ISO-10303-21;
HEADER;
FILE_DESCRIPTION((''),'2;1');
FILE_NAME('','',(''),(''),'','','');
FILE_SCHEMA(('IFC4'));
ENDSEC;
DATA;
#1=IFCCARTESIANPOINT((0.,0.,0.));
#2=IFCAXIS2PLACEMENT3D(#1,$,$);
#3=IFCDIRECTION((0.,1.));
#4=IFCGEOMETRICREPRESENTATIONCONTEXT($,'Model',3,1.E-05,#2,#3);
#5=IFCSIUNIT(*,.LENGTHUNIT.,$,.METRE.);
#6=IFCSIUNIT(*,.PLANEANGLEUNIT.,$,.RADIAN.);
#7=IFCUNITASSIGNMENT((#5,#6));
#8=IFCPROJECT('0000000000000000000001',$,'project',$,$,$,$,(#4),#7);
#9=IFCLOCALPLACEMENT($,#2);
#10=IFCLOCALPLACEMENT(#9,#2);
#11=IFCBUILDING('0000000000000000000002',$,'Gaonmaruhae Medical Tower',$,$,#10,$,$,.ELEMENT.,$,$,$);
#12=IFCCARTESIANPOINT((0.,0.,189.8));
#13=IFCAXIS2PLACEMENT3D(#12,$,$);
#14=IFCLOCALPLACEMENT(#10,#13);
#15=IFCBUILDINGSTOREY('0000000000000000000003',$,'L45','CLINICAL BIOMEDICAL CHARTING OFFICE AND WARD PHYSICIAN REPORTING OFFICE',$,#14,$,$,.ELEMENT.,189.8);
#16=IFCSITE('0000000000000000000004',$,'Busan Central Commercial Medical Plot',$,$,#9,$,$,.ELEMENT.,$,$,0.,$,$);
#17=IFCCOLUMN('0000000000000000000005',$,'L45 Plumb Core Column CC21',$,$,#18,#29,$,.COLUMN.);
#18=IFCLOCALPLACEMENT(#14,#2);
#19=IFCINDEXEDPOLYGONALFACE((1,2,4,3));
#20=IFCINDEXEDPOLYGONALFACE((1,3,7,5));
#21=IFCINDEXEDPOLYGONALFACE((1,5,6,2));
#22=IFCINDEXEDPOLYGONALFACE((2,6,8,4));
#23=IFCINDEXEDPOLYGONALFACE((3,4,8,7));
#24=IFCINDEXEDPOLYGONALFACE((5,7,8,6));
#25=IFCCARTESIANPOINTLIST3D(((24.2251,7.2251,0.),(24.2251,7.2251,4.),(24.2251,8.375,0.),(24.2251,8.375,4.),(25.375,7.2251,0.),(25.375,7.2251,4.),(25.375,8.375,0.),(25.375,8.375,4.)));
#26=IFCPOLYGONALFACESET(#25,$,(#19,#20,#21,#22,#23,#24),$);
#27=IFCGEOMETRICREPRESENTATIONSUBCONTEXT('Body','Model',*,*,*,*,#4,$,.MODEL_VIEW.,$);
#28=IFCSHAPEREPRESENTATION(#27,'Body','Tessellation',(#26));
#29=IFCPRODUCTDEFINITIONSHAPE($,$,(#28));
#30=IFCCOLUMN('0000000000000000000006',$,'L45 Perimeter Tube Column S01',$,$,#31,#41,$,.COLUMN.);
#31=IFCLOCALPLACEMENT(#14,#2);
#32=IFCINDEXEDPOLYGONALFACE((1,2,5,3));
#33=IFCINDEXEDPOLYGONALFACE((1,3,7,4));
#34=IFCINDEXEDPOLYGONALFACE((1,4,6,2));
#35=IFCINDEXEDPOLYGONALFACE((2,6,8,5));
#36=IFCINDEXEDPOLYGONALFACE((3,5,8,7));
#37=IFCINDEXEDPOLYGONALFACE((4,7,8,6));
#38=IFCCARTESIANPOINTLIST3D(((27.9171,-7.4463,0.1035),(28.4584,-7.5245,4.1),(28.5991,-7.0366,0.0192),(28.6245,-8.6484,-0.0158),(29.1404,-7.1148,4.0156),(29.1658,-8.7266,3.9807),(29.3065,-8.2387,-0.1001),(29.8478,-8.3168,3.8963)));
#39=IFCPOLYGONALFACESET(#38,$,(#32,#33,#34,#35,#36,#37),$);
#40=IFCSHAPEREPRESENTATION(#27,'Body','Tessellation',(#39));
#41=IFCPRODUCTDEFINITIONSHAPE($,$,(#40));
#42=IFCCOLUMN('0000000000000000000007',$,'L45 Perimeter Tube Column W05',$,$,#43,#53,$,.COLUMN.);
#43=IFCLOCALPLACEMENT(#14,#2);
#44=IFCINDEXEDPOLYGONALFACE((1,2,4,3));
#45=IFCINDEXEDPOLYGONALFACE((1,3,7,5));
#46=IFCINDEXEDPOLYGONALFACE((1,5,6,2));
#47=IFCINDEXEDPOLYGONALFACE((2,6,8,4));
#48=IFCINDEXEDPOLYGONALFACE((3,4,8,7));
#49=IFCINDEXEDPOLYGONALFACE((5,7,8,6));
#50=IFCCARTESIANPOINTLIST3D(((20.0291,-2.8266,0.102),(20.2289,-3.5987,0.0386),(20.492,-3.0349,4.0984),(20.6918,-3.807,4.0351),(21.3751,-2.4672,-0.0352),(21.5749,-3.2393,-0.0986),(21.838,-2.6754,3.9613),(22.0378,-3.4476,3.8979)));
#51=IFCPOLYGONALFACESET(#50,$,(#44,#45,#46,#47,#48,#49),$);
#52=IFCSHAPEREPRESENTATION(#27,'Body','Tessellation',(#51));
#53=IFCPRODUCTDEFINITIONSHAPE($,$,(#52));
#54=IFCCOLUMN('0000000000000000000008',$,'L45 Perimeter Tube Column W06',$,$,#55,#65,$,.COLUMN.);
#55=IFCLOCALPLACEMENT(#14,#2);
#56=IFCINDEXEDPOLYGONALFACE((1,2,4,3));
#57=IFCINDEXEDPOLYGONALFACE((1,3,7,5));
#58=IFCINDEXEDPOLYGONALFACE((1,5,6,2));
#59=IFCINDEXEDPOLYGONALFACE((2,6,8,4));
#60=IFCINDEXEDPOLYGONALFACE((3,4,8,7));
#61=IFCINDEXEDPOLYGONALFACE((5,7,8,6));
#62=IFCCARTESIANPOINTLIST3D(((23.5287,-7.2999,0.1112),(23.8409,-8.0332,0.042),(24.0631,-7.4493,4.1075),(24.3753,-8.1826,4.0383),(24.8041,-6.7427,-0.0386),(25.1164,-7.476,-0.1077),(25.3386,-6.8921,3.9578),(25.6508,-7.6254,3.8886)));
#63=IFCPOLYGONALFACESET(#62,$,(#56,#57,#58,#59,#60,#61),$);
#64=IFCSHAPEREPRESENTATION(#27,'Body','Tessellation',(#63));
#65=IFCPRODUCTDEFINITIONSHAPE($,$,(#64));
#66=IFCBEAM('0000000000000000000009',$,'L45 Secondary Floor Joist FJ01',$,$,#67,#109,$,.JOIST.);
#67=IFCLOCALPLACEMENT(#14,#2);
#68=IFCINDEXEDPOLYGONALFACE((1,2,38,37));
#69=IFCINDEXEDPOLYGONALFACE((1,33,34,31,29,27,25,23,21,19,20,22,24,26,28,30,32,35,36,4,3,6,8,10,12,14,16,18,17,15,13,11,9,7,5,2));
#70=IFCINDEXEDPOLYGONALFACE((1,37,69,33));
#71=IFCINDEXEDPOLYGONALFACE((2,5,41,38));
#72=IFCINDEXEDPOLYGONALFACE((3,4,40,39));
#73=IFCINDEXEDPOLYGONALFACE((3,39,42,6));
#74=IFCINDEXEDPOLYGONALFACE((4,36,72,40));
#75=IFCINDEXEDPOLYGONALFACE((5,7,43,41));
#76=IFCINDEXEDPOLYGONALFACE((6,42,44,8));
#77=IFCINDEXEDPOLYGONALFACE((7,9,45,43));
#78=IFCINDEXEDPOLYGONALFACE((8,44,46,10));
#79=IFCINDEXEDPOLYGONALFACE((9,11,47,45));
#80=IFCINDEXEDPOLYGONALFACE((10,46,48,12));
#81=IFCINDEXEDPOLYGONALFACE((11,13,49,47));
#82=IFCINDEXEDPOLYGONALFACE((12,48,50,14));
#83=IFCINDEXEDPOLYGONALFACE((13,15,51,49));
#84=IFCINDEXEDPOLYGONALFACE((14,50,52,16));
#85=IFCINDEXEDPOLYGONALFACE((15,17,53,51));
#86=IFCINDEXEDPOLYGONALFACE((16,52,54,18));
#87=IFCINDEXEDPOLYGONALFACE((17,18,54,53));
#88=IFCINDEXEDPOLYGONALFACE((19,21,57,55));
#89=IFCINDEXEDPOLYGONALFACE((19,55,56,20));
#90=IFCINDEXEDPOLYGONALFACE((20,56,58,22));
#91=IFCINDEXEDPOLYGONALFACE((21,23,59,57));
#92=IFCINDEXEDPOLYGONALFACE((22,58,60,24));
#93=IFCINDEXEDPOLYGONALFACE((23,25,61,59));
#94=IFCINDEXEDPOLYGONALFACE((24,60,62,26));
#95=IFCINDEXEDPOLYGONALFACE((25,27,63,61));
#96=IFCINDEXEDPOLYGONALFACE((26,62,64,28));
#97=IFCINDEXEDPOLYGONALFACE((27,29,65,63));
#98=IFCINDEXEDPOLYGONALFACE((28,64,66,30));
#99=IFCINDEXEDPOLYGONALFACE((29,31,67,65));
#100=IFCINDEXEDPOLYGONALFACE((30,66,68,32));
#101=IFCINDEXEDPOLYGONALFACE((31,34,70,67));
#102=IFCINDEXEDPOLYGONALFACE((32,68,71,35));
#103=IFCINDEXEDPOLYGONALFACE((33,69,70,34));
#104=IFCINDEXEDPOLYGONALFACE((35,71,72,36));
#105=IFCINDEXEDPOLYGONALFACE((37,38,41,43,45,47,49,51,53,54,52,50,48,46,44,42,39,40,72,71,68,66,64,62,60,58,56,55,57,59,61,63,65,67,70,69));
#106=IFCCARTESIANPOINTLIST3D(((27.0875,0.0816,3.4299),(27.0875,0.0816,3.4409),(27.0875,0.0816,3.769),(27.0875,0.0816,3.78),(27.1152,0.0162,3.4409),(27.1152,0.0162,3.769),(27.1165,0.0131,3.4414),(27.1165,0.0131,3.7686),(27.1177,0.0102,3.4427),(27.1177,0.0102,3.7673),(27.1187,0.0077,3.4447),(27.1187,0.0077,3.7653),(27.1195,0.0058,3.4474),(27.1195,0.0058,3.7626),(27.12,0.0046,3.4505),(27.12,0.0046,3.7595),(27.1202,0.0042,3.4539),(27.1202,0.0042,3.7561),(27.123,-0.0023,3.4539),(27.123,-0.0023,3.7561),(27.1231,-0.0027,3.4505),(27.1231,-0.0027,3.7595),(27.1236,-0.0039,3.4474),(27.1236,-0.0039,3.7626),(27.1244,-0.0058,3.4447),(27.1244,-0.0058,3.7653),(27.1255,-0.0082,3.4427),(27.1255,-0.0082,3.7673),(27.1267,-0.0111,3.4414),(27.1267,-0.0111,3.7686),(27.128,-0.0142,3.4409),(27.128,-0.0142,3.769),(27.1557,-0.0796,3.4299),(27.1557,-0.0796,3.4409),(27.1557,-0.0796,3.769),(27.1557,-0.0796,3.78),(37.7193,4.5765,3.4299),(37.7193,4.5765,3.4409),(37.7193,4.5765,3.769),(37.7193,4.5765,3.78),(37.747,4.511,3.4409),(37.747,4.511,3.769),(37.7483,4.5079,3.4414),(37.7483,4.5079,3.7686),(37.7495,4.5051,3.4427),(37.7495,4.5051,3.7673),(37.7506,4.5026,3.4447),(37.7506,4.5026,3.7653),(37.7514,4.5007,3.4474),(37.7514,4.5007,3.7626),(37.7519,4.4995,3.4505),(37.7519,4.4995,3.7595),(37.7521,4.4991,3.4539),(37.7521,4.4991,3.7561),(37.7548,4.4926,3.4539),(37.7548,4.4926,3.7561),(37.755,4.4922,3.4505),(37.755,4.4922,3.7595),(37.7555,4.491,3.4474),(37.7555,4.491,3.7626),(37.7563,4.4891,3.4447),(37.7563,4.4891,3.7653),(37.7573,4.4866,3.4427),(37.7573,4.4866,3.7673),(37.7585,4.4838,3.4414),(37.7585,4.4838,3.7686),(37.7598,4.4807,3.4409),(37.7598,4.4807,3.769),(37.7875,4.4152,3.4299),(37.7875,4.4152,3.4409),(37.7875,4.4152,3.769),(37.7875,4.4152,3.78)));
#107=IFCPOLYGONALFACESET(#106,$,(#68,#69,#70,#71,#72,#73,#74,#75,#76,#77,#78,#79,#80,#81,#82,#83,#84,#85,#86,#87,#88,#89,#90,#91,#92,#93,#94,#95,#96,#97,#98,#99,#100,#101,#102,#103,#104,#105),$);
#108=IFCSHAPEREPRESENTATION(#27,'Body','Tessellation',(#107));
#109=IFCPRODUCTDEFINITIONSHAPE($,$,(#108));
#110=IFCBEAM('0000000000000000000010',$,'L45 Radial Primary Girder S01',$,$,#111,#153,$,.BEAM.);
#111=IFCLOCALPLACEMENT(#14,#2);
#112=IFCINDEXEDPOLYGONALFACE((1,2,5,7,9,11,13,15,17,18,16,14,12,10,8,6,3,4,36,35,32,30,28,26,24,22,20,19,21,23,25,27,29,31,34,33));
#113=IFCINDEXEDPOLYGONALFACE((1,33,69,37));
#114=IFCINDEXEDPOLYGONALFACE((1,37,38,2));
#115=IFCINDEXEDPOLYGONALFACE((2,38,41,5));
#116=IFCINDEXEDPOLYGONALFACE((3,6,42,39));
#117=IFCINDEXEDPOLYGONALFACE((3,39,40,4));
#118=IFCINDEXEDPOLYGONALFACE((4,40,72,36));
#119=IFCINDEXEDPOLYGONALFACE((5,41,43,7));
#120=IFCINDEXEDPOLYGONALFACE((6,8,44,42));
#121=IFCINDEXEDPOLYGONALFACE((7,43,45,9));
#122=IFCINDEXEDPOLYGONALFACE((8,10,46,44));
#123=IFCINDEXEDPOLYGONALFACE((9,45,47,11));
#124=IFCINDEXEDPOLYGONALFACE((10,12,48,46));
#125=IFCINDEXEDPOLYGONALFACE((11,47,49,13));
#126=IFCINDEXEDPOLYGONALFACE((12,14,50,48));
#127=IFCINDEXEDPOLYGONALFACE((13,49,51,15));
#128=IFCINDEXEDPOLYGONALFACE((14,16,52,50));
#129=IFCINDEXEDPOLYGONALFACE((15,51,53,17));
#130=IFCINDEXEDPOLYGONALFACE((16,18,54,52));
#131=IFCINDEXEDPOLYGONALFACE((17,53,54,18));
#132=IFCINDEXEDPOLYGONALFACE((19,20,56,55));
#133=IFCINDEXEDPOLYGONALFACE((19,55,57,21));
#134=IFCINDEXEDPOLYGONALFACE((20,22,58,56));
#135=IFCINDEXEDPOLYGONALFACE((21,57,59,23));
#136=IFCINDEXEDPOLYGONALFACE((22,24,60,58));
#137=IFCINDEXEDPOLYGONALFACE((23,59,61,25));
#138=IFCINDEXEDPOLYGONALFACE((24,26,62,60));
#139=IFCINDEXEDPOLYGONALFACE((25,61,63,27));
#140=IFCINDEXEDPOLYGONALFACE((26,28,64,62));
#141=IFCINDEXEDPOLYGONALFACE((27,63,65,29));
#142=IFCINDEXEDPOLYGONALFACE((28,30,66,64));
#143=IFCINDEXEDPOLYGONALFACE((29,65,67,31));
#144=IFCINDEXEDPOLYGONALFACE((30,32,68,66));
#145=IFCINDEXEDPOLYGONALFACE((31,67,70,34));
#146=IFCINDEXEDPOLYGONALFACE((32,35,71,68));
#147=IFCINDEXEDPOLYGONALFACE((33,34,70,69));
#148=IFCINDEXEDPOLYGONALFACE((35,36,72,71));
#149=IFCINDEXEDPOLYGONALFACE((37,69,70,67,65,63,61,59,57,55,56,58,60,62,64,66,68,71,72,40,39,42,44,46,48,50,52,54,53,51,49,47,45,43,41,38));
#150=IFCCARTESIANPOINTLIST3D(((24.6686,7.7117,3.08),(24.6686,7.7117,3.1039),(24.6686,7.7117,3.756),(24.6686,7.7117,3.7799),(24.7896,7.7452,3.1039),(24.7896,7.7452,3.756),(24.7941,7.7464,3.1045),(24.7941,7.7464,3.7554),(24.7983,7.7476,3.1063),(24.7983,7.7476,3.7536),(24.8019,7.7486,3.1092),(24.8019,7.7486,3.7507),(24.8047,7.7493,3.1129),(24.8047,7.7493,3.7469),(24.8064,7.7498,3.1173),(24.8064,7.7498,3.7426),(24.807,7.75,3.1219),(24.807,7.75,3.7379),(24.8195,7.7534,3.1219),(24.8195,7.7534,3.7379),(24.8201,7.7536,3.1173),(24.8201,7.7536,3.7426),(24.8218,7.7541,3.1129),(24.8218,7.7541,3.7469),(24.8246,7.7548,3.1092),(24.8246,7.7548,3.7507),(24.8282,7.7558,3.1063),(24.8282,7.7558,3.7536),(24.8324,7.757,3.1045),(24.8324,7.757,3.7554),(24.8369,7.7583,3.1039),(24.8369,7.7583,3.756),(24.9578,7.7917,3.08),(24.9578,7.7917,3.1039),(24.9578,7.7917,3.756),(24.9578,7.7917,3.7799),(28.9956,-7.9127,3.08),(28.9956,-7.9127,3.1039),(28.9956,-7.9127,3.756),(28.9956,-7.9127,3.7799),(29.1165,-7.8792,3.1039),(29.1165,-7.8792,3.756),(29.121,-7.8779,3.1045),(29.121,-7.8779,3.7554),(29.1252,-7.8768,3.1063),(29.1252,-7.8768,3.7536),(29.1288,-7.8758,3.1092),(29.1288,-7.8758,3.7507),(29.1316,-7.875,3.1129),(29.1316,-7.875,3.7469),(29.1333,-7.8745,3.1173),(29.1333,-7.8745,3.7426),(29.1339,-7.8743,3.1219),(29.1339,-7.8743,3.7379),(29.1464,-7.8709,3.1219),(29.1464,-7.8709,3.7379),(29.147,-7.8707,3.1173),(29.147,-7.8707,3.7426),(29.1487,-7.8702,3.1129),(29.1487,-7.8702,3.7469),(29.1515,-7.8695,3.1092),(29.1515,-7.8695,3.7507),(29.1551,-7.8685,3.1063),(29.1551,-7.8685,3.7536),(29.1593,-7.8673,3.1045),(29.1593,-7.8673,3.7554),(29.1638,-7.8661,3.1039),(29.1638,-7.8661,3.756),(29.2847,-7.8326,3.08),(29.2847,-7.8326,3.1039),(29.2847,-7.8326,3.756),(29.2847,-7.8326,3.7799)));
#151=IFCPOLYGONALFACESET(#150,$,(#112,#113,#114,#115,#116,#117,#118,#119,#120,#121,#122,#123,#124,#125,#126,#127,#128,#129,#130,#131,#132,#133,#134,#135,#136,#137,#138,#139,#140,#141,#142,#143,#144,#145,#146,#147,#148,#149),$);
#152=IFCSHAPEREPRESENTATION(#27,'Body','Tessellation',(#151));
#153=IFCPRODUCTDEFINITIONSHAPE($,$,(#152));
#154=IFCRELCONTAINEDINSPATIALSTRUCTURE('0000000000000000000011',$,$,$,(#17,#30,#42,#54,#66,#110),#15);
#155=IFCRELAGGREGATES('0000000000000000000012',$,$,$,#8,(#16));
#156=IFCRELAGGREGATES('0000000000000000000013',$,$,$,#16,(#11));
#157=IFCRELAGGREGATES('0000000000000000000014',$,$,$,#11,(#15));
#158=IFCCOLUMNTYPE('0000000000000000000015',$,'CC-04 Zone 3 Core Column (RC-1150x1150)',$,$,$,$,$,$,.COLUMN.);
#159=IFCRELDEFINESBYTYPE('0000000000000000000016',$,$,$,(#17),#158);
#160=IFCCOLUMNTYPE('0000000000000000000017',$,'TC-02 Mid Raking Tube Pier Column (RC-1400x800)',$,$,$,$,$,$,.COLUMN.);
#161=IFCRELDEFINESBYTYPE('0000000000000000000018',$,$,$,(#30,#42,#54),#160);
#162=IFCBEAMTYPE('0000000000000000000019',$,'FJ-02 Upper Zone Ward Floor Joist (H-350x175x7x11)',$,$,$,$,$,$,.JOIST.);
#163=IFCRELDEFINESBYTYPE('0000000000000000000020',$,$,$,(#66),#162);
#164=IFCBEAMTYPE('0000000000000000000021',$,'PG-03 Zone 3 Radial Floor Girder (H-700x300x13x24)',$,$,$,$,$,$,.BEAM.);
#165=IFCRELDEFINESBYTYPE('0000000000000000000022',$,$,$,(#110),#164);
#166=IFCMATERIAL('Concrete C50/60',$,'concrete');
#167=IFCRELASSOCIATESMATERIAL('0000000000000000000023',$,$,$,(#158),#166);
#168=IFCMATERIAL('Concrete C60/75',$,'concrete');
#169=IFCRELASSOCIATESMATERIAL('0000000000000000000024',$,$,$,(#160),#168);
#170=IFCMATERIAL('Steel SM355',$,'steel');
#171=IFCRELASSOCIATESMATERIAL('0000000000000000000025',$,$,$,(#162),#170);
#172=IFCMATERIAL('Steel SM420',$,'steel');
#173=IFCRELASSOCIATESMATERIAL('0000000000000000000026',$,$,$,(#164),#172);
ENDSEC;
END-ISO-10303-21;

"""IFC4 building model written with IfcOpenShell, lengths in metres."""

from ifc_helpers import new_model, si_unit, direction, frame, origin, origin_2d, place, context, subcontext, project, spatial, rectangle, i_section, extrude, material, material_profile, profile_set, type_object, element, save


model = new_model("IFC4")

# Units and contexts
model_context = context("Model", 3, precision=1e-05, world=origin(), true_north=direction((0.0, 1.0)))
body_context = subcontext(model_context, "Body", "Model", "MODEL_VIEW")
ifc_project = project(units=[si_unit("LENGTHUNIT", "METRE"), si_unit("PLANEANGLEUNIT", "RADIAN")], contexts=[model_context])

# Site, building, storey
site_placement = place(None, origin())
site = spatial("IfcSite", under=ifc_project, at=site_placement, Name="Busan Central Commercial Medical Plot", CompositionType="ELEMENT", RefElevation=0.0)
building_placement = place(site_placement, origin())
building = spatial("IfcBuilding", under=site, at=building_placement, Name="Gaonmaruhae Medical Tower", CompositionType="ELEMENT")
storey_placement = place(building_placement, frame((0.0, 0.0, 189.8)))
storey = spatial("IfcBuildingStorey", under=building, at=storey_placement, Name="L45", Description="CLINICAL BIOMEDICAL CHARTING OFFICE AND WARD PHYSICIAN REPORTING OFFICE", CompositionType="ELEMENT", Elevation=189.8)

# Columns
ifc_material_1 = material(Name="Concrete C50/60", Category="concrete")
ifc_material_profile_1 = material_profile(ifc_material_1, rectangle(XDim=1.1499, YDim=1.1499, at=origin_2d()), Name="RC-1150x1150")
ifc_profile_set_1 = profile_set([ifc_material_profile_1], Name="Concrete C50/60")
column_type_1 = type_object("IfcColumnType", Name="CC-04 Zone 3 Core Column (RC-1150x1150)", PredefinedType="COLUMN", material=ifc_profile_set_1)
column_1_placement = place(storey_placement, frame((24.8, 7.8, 0.0), z_axis=(0.0, 0.0, 1.0), x_axis=(1.0, 0.0, 0.0)))
element("IfcColumn", 1, at=column_1_placement, inside=storey, type_object=column_type_1, Name="L45 Plumb Core Column CC21", PredefinedType="COLUMN", context=body_context, shape_type="SweptSolid", body=[
    extrude(rectangle(XDim=1.1499, YDim=1.1499, at=origin_2d()), origin(), (0.0, 0.0, 1.0), 4.0),
])
ifc_material_2 = material(Name="Concrete C60/75", Category="concrete")
ifc_material_profile_2 = material_profile(ifc_material_2, rectangle(XDim=1.3999, YDim=0.8, at=origin_2d()), Name="RC-1400x800")
ifc_profile_set_2 = profile_set([ifc_material_profile_2], Name="Concrete C60/75")
column_type_2 = type_object("IfcColumnType", Name="TC-02 Mid Raking Tube Pier Column (RC-1400x800)", PredefinedType="COLUMN", material=ifc_profile_set_2)
column_2_placement = place(storey_placement, frame((28.6118, -7.8425, 0.0017), z_axis=(0.134188, -0.019369, 0.990767), x_axis=(-0.505349, 0.858696, 0.085231)))
element("IfcColumn", 2, at=column_2_placement, inside=storey, type_object=column_type_2, Name="L45 Perimeter Tube Column S01", PredefinedType="COLUMN", context=body_context, shape_type="SweptSolid", body=[
    extrude(rectangle(XDim=1.3999, YDim=0.8, at=origin_2d()), origin(), (0.0, 0.0, 1.0), 4.0337),
])
column_3_placement = place(storey_placement, frame((20.802, -3.033, 0.0017), z_axis=(0.114906, -0.051695, 0.99203), x_axis=(-0.961495, -0.256761, 0.097989)))
element("IfcColumn", 3, at=column_3_placement, inside=storey, type_object=column_type_2, Name="L45 Perimeter Tube Column W05", PredefinedType="COLUMN", context=body_context, shape_type="SweptSolid", body=[
    extrude(rectangle(XDim=1.3999, YDim=0.8, at=origin_2d()), origin(), (0.0, 0.0, 1.0), 4.0286),
])
column_4_placement = place(storey_placement, frame((24.3225, -7.3879, 0.0017), z_axis=(0.132458, -0.037032, 0.990497), x_axis=(-0.911121, -0.398018, 0.106962)))
element("IfcColumn", 4, at=column_4_placement, inside=storey, type_object=column_type_2, Name="L45 Perimeter Tube Column W06", PredefinedType="COLUMN", context=body_context, shape_type="SweptSolid", body=[
    extrude(rectangle(XDim=1.3999, YDim=0.8, at=origin_2d()), origin(), (0.0, 0.0, 1.0), 4.0347),
])

# Beams
ifc_material_3 = material(Name="Steel SM355", Category="steel")
ifc_material_profile_3 = material_profile(ifc_material_3, i_section(OverallWidth=0.175, OverallDepth=0.3501, WebThickness=0.0071, FlangeThickness=0.011, FilletRadius=0.0129, at=origin_2d()), Name="H-350x175x7x11")
ifc_profile_set_3 = profile_set([ifc_material_profile_3], Name="Steel SM355")
beam_type_1 = type_object("IfcBeamType", Name="FJ-02 Upper Zone Ward Floor Joist (H-350x175x7x11)", PredefinedType="JOIST", material=ifc_profile_set_3)
beam_1_placement = place(storey_placement, frame((27.1216, 0.001, 3.605), z_axis=(0.921067, 0.389404, 0.0), x_axis=(-0.389404, 0.921067, 0.0)))
element("IfcBeam", 5, at=beam_1_placement, inside=storey, type_object=beam_type_1, Name="L45 Secondary Floor Joist FJ01", PredefinedType="JOIST", context=body_context, shape_type="SweptSolid", body=[
    extrude(i_section(OverallWidth=0.175, OverallDepth=0.3501, WebThickness=0.0071, FlangeThickness=0.011, FilletRadius=0.0129, at=origin_2d()), origin(), (0.0, 0.0, 1.0), 11.543),
])
ifc_material_4 = material(Name="Steel SM420", Category="steel")
ifc_material_profile_4 = material_profile(ifc_material_4, i_section(OverallWidth=0.3, OverallDepth=0.7, WebThickness=0.0129, FlangeThickness=0.0239, FilletRadius=0.0181, at=origin_2d()), Name="H-700x300x13x24")
ifc_profile_set_4 = profile_set([ifc_material_profile_4], Name="Steel SM420")
beam_type_2 = type_object("IfcBeamType", Name="PG-03 Zone 3 Radial Floor Girder (H-700x300x13x24)", PredefinedType="BEAM", material=ifc_profile_set_4)
beam_2_placement = place(storey_placement, frame((24.8132, 7.7517, 3.4299), z_axis=(0.26689, -0.963727, 0.0), x_axis=(0.963727, 0.26689, 0.0)))
element("IfcBeam", 6, at=beam_2_placement, inside=storey, type_object=beam_type_2, Name="L45 Radial Primary Girder S01", PredefinedType="BEAM", context=body_context, shape_type="SweptSolid", body=[
    extrude(i_section(OverallWidth=0.3, OverallDepth=0.7, WebThickness=0.0129, FlangeThickness=0.0239, FilletRadius=0.0181, at=origin_2d()), origin(), (0.0, 0.0, 1.0), 16.2124),
])

save(model, "model.ifc")
